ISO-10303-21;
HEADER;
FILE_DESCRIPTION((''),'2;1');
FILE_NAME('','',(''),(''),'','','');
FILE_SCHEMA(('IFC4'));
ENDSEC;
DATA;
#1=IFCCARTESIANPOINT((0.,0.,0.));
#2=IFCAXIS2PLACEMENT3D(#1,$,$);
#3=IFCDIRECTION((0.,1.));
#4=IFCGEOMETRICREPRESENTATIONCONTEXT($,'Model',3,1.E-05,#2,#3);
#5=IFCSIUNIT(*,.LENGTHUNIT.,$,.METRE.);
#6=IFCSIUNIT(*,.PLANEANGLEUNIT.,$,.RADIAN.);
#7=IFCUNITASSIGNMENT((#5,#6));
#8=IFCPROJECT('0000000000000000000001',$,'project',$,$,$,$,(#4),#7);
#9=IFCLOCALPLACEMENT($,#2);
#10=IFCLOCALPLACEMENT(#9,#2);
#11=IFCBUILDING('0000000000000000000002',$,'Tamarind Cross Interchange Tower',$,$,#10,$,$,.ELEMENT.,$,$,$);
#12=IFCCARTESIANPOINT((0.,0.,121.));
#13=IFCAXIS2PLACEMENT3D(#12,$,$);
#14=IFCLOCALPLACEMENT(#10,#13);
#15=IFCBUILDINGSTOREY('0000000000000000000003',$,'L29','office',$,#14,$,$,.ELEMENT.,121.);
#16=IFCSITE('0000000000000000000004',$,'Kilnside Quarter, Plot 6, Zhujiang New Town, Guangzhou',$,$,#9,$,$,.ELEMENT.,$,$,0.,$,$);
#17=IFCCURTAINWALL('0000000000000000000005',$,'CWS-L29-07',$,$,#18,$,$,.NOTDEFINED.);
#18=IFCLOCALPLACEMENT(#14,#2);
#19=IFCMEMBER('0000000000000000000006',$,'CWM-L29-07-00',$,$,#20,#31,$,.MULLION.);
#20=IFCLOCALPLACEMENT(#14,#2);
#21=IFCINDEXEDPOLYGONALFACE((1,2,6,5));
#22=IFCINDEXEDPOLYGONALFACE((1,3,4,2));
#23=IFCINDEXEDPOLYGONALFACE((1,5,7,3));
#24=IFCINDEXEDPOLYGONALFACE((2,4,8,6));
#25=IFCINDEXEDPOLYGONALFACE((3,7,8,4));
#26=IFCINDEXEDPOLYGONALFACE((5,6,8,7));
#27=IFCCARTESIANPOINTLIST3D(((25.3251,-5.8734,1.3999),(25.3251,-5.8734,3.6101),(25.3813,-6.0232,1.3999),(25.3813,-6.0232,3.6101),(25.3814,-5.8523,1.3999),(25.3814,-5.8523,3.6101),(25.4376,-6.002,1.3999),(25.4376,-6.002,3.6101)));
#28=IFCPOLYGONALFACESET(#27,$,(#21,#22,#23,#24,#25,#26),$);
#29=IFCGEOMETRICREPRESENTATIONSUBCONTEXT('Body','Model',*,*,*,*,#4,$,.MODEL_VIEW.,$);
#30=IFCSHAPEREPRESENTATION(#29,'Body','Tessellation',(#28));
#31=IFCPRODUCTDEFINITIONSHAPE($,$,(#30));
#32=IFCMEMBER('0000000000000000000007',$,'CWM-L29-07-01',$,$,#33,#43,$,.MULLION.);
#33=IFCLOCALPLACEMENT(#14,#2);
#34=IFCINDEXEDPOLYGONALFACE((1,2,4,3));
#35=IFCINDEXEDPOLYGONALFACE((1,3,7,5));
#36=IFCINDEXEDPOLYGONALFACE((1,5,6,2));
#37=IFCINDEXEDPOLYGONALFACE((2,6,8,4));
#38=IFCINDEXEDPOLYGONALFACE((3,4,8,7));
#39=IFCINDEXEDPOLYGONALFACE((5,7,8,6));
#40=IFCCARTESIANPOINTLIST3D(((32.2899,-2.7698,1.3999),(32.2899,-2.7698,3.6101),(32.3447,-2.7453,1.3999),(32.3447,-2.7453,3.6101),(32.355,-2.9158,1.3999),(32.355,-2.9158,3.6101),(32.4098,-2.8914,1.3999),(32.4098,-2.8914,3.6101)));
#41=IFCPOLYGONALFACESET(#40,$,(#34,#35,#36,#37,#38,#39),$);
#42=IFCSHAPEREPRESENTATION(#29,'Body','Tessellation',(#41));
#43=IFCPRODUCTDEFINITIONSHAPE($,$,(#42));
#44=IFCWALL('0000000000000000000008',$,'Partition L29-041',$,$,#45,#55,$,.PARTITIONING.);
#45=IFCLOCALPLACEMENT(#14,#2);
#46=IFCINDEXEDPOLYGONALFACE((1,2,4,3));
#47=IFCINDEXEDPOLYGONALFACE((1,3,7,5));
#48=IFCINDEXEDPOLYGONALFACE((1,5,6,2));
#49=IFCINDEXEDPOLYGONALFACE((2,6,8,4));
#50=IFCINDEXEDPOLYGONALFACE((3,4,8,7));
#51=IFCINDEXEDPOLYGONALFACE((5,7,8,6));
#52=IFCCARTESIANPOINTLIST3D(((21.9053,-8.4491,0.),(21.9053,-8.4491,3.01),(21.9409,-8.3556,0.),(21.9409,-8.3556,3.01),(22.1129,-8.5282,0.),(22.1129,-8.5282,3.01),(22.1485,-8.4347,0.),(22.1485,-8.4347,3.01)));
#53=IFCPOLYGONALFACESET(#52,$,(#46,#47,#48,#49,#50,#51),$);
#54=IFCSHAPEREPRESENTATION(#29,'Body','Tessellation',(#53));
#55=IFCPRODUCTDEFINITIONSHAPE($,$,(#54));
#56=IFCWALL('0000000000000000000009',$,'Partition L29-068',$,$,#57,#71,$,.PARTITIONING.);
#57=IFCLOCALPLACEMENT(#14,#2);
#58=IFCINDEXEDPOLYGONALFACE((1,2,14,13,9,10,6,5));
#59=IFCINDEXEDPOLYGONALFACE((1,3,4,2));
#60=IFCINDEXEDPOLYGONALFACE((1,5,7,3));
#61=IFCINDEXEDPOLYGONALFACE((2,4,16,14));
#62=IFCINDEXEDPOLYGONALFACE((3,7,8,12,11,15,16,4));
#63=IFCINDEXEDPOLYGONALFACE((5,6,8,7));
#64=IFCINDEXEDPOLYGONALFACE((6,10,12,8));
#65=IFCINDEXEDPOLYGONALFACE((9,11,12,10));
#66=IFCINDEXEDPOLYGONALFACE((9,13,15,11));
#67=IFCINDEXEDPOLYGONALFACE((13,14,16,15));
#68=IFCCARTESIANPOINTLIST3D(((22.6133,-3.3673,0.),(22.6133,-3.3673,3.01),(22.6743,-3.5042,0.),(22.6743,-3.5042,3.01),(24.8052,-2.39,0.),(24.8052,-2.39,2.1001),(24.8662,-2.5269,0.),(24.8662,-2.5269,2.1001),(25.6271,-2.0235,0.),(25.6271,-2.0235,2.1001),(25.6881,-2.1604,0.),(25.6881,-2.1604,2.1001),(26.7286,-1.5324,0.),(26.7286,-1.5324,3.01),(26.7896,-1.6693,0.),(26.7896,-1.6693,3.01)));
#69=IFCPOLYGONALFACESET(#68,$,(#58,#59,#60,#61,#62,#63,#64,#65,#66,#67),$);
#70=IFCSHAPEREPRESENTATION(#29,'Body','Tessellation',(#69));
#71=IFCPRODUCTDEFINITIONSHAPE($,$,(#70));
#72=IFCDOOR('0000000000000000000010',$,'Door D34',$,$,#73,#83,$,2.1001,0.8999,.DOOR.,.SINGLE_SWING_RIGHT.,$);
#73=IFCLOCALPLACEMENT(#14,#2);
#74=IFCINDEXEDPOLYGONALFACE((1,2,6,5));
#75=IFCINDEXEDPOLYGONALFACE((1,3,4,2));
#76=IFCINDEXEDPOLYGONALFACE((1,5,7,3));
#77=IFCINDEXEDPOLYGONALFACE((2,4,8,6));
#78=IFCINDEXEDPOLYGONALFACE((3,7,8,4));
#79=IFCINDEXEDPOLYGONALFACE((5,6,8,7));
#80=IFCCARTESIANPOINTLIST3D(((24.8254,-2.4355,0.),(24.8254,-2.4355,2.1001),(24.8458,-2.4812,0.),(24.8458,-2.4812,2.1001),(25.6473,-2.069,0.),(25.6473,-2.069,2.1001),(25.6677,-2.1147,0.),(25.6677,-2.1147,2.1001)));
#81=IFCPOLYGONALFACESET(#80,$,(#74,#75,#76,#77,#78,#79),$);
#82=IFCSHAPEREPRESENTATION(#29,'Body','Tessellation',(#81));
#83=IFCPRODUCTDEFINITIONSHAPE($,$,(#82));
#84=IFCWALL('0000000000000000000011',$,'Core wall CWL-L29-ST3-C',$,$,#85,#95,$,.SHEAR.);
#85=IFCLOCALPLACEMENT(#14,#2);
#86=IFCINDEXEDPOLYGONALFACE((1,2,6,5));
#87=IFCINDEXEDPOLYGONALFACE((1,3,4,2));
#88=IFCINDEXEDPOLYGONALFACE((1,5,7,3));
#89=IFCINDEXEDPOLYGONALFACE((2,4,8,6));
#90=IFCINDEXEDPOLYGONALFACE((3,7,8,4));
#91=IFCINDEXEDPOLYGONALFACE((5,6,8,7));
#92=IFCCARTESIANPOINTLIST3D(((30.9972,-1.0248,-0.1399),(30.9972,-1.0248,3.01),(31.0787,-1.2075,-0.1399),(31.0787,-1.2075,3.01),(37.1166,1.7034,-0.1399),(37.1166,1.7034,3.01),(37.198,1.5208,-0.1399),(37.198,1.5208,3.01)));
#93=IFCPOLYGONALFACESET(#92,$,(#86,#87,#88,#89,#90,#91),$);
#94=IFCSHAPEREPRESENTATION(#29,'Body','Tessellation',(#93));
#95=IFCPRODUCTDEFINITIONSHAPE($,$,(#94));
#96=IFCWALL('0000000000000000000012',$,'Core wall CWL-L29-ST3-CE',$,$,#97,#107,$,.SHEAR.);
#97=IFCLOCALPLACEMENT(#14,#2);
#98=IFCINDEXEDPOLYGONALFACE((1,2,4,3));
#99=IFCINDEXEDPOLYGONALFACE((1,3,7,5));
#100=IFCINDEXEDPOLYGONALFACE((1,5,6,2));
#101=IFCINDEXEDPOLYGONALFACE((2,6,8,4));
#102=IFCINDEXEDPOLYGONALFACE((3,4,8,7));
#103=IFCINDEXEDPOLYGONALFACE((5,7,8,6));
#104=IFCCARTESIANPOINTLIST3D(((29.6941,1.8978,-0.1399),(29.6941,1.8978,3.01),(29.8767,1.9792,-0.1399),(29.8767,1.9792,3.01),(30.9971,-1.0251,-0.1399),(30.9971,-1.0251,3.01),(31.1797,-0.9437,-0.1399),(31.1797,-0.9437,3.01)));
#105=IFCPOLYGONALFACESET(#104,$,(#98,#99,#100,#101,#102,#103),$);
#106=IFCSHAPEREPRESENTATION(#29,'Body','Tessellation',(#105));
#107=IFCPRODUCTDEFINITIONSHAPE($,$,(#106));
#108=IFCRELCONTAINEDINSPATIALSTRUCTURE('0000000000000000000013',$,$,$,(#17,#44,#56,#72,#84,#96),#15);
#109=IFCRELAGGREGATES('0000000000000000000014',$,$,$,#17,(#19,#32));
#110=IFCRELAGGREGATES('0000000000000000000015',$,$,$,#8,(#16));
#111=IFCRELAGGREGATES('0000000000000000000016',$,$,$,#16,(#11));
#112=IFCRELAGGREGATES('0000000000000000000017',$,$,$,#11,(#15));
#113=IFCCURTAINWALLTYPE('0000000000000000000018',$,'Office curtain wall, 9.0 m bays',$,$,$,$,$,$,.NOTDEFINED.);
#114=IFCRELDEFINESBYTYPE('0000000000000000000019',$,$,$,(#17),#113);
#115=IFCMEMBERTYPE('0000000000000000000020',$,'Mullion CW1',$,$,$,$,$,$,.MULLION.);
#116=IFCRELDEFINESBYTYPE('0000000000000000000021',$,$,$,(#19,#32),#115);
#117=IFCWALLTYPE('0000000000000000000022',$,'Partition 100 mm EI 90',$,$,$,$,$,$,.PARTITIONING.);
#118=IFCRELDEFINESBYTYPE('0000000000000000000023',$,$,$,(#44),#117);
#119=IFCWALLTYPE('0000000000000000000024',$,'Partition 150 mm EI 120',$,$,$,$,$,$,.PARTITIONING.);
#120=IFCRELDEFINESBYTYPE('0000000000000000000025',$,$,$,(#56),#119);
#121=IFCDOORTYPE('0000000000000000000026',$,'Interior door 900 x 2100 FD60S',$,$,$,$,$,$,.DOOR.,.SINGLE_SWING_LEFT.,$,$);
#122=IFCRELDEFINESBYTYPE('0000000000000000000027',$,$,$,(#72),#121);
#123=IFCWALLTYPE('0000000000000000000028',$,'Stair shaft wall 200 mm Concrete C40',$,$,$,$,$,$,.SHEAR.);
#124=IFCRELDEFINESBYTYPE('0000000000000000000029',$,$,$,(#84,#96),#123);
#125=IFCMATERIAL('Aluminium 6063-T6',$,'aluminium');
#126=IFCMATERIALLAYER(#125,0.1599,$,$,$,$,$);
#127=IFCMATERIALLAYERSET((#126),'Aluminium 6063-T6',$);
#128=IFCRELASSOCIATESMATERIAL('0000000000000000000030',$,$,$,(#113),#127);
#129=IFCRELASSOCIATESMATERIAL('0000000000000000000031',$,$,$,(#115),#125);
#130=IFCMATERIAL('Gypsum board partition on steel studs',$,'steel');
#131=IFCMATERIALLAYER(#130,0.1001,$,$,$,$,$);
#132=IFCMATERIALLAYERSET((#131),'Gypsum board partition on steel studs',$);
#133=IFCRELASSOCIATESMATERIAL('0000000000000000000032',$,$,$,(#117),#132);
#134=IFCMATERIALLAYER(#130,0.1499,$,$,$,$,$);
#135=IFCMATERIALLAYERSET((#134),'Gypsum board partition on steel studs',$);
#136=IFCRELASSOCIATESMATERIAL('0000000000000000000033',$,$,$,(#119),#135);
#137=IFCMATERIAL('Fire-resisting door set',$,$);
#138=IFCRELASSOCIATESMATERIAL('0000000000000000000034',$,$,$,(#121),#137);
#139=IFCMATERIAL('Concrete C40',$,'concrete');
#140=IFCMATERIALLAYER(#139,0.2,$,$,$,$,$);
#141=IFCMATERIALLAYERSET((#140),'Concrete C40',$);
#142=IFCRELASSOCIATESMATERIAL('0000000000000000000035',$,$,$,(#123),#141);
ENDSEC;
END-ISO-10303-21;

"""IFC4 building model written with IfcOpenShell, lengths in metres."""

from ifc_helpers import new_model, si_unit, direction, frame, frame_2d, origin, origin_2d, place, context, subcontext, project, spatial, rectangle, extrude, material, layer, layer_set, material_profile, profile_set, type_object, element, fill, aggregate, save


model = new_model("IFC4")

# Units and contexts
model_context = context("Model", 3, precision=1e-05, world=origin(), true_north=direction((0.0, 1.0)))
body_context = subcontext(model_context, "Body", "Model", "MODEL_VIEW")
ifc_project = project(units=[si_unit("LENGTHUNIT", "METRE"), si_unit("PLANEANGLEUNIT", "RADIAN")], contexts=[model_context])

# Site, building, storey
site_placement = place(None, origin())
site = spatial("IfcSite", under=ifc_project, at=site_placement, Name="Kilnside Quarter, Plot 6, Zhujiang New Town, Guangzhou", CompositionType="ELEMENT", RefElevation=0.0)
building_placement = place(site_placement, origin())
building = spatial("IfcBuilding", under=site, at=building_placement, Name="Tamarind Cross Interchange Tower", CompositionType="ELEMENT")
storey_placement = place(building_placement, frame((0.0, 0.0, 121.0)))
storey = spatial("IfcBuildingStorey", under=building, at=storey_placement, Name="L29", Description="office", CompositionType="ELEMENT", Elevation=121.0)

# Curtain wall, members
ifc_material_1 = material(Name="Aluminium 6063-T6", Category="aluminium")
ifc_layer_1 = layer(ifc_material_1, 0.1599)
ifc_layer_set_1 = layer_set([ifc_layer_1], Name="Aluminium 6063-T6")
curtain_wall_type = type_object("IfcCurtainWallType", Name="Office curtain wall, 9.0 m bays", PredefinedType="NOTDEFINED", material=ifc_layer_set_1)
curtain_wall_placement = place(storey_placement, origin())
curtain_wall = element("IfcCurtainWall", 1, at=curtain_wall_placement, inside=storey, type_object=curtain_wall_type, Name="CWS-L29-07", PredefinedType="NOTDEFINED")
ifc_material_profile_1 = material_profile(ifc_material_1, rectangle(XDim=0.0601, YDim=0.1599, at=origin_2d()), Name="Mullion CW1")
ifc_profile_set_1 = profile_set([ifc_material_profile_1], Name="Aluminium 6063-T6")
member_type = type_object("IfcMemberType", Name="Mullion CW1", PredefinedType="MULLION", material=ifc_profile_set_1)
member_1_placement = place(storey_placement, frame((25.3813, -5.9377, 1.3999), z_axis=(0.0, 0.0, 1.0), x_axis=(0.936175, 0.351534, 0.0)))
member_1 = element("IfcMember", 2, at=member_1_placement, type_object=member_type, Name="CWM-L29-07-00", PredefinedType="MULLION", context=body_context, shape_type="SweptSolid", body=[
    extrude(rectangle(XDim=0.0601, YDim=0.1599, at=origin_2d()), origin(), (0.0, 0.0, 1.0), 2.2102),
])
member_2_placement = place(storey_placement, frame((32.3499, -2.8306, 1.3999), z_axis=(0.0, 0.0, 1.0), x_axis=(0.91333, 0.407221, 0.0)))
member_2 = element("IfcMember", 3, at=member_2_placement, type_object=member_type, Name="CWM-L29-07-01", PredefinedType="MULLION", context=body_context, shape_type="SweptSolid", body=[
    extrude(rectangle(XDim=0.0601, YDim=0.1599, at=origin_2d()), origin(), (0.0, 0.0, 1.0), 2.2102),
])
aggregate(curtain_wall, [member_1, member_2])

# Wall
ifc_material_2 = material(Name="Gypsum board partition on steel studs", Category="steel")
ifc_layer_2 = layer(ifc_material_2, 0.1001)
ifc_layer_set_2 = layer_set([ifc_layer_2], Name="Gypsum board partition on steel studs")
wall_type_1 = type_object("IfcWallType", Name="Partition 100 mm EI 90", PredefinedType="PARTITIONING", material=ifc_layer_set_2)
wall_1_placement = place(storey_placement, frame((21.9231, -8.4023, 0.0), z_axis=(0.0, 0.0, 1.0), x_axis=(0.934418, -0.356178, 0.0)))
element("IfcWall", 4, at=wall_1_placement, inside=storey, type_object=wall_type_1, Name="Partition L29-041", PredefinedType="PARTITIONING", context=body_context, shape_type="SweptSolid", body=[
    extrude(rectangle(XDim=0.2222, YDim=0.1001, at=frame_2d((0.1111, 0.0))), origin(), (0.0, 0.0, 1.0), 3.01),
])

# Wall, opening, door
ifc_layer_3 = layer(ifc_material_2, 0.1499)
ifc_layer_set_3 = layer_set([ifc_layer_3], Name="Gypsum board partition on steel studs")
wall_type_2 = type_object("IfcWallType", Name="Partition 150 mm EI 120", PredefinedType="PARTITIONING", material=ifc_layer_set_3)
wall_2_placement = place(storey_placement, frame((22.6438, -3.4358, 0.0), z_axis=(0.0, 0.0, 1.0), x_axis=(0.913319, 0.407244, 0.0)))
wall_2 = element("IfcWall", 5, at=wall_2_placement, inside=storey, type_object=wall_type_2, Name="Partition L29-068", PredefinedType="PARTITIONING", context=body_context, shape_type="SweptSolid", body=[
    extrude(rectangle(XDim=4.5059, YDim=0.1499, at=frame_2d((2.2529, 0.0))), origin(), (0.0, 0.0, 1.0), 3.01),
])
opening_placement = place(wall_2_placement, frame((2.3999, 0.0, 0.0)))
opening = element("IfcOpeningElement", 6, at=opening_placement, cuts=wall_2, PredefinedType="OPENING", context=body_context, shape_type="SweptSolid", body=[
    extrude(rectangle(XDim=0.8999, YDim=2.1001, at=frame_2d((0.45, 1.05))), frame((0.0, 0.085, 0.0), z_axis=(0.0, -1.0, 0.0), x_axis=(1.0, 0.0, 0.0)), (0.0, 0.0, 1.0), 0.1699),
])
ifc_material_3 = material(Name="Fire-resisting door set")
door_type = type_object("IfcDoorType", Name="Interior door 900 x 2100 FD60S", OperationType="SINGLE_SWING_LEFT", PredefinedType="DOOR", material=ifc_material_3)
door_placement = place(opening_placement, frame((0.8999, 0.0, 0.0), z_axis=(0.0, 0.0, 1.0), x_axis=(-1.0, 0.0, 0.0)))
door = element("IfcDoor", 7, at=door_placement, inside=storey, type_object=door_type, Name="Door D34", OperationType="SINGLE_SWING_RIGHT", OverallHeight=2.1001, OverallWidth=0.8999, PredefinedType="DOOR", context=body_context, shape_type="SweptSolid", body=[
    extrude(rectangle(XDim=0.8999, YDim=2.1001, at=frame_2d((0.45, 1.05))), frame((0.0, 0.0249, 0.0), z_axis=(0.0, -1.0, 0.0), x_axis=(1.0, 0.0, 0.0)), (0.0, 0.0, 1.0), 0.05),
])
fill(opening, door)

# Walls
ifc_material_4 = material(Name="Concrete C40", Category="concrete")
ifc_layer_4 = layer(ifc_material_4, 0.2)
ifc_layer_set_4 = layer_set([ifc_layer_4], Name="Concrete C40")
wall_type_3 = type_object("IfcWallType", Name="Stair shaft wall 200 mm Concrete C40", PredefinedType="SHEAR", material=ifc_layer_set_4)
wall_3_placement = place(storey_placement, frame((31.0378, -1.1162, -0.1399), z_axis=(0.0, 0.0, 1.0), x_axis=(0.913338, 0.407203, 0.0)))
element("IfcWall", 8, at=wall_3_placement, inside=storey, type_object=wall_type_3, Name="Core wall CWL-L29-ST3-C", PredefinedType="SHEAR", context=body_context, shape_type="SweptSolid", body=[
    extrude(rectangle(XDim=6.7, YDim=0.2, at=frame_2d((3.3501, 0.0))), origin(), (0.0, 0.0, 1.0), 3.1499),
])
wall_4_placement = place(storey_placement, frame((31.0884, -0.9844, -0.1399), z_axis=(0.0, 0.0, 1.0), x_axis=(-0.407165, 0.913355, 0.0)))
element("IfcWall", 9, at=wall_4_placement, inside=storey, type_object=wall_type_3, Name="Core wall CWL-L29-ST3-CE", PredefinedType="SHEAR", context=body_context, shape_type="SweptSolid", body=[
    extrude(rectangle(XDim=3.2002, YDim=0.2, at=frame_2d((1.6001, 0.0))), origin(), (0.0, 0.0, 1.0), 3.1499),
])

save(model, "model.ifc")
